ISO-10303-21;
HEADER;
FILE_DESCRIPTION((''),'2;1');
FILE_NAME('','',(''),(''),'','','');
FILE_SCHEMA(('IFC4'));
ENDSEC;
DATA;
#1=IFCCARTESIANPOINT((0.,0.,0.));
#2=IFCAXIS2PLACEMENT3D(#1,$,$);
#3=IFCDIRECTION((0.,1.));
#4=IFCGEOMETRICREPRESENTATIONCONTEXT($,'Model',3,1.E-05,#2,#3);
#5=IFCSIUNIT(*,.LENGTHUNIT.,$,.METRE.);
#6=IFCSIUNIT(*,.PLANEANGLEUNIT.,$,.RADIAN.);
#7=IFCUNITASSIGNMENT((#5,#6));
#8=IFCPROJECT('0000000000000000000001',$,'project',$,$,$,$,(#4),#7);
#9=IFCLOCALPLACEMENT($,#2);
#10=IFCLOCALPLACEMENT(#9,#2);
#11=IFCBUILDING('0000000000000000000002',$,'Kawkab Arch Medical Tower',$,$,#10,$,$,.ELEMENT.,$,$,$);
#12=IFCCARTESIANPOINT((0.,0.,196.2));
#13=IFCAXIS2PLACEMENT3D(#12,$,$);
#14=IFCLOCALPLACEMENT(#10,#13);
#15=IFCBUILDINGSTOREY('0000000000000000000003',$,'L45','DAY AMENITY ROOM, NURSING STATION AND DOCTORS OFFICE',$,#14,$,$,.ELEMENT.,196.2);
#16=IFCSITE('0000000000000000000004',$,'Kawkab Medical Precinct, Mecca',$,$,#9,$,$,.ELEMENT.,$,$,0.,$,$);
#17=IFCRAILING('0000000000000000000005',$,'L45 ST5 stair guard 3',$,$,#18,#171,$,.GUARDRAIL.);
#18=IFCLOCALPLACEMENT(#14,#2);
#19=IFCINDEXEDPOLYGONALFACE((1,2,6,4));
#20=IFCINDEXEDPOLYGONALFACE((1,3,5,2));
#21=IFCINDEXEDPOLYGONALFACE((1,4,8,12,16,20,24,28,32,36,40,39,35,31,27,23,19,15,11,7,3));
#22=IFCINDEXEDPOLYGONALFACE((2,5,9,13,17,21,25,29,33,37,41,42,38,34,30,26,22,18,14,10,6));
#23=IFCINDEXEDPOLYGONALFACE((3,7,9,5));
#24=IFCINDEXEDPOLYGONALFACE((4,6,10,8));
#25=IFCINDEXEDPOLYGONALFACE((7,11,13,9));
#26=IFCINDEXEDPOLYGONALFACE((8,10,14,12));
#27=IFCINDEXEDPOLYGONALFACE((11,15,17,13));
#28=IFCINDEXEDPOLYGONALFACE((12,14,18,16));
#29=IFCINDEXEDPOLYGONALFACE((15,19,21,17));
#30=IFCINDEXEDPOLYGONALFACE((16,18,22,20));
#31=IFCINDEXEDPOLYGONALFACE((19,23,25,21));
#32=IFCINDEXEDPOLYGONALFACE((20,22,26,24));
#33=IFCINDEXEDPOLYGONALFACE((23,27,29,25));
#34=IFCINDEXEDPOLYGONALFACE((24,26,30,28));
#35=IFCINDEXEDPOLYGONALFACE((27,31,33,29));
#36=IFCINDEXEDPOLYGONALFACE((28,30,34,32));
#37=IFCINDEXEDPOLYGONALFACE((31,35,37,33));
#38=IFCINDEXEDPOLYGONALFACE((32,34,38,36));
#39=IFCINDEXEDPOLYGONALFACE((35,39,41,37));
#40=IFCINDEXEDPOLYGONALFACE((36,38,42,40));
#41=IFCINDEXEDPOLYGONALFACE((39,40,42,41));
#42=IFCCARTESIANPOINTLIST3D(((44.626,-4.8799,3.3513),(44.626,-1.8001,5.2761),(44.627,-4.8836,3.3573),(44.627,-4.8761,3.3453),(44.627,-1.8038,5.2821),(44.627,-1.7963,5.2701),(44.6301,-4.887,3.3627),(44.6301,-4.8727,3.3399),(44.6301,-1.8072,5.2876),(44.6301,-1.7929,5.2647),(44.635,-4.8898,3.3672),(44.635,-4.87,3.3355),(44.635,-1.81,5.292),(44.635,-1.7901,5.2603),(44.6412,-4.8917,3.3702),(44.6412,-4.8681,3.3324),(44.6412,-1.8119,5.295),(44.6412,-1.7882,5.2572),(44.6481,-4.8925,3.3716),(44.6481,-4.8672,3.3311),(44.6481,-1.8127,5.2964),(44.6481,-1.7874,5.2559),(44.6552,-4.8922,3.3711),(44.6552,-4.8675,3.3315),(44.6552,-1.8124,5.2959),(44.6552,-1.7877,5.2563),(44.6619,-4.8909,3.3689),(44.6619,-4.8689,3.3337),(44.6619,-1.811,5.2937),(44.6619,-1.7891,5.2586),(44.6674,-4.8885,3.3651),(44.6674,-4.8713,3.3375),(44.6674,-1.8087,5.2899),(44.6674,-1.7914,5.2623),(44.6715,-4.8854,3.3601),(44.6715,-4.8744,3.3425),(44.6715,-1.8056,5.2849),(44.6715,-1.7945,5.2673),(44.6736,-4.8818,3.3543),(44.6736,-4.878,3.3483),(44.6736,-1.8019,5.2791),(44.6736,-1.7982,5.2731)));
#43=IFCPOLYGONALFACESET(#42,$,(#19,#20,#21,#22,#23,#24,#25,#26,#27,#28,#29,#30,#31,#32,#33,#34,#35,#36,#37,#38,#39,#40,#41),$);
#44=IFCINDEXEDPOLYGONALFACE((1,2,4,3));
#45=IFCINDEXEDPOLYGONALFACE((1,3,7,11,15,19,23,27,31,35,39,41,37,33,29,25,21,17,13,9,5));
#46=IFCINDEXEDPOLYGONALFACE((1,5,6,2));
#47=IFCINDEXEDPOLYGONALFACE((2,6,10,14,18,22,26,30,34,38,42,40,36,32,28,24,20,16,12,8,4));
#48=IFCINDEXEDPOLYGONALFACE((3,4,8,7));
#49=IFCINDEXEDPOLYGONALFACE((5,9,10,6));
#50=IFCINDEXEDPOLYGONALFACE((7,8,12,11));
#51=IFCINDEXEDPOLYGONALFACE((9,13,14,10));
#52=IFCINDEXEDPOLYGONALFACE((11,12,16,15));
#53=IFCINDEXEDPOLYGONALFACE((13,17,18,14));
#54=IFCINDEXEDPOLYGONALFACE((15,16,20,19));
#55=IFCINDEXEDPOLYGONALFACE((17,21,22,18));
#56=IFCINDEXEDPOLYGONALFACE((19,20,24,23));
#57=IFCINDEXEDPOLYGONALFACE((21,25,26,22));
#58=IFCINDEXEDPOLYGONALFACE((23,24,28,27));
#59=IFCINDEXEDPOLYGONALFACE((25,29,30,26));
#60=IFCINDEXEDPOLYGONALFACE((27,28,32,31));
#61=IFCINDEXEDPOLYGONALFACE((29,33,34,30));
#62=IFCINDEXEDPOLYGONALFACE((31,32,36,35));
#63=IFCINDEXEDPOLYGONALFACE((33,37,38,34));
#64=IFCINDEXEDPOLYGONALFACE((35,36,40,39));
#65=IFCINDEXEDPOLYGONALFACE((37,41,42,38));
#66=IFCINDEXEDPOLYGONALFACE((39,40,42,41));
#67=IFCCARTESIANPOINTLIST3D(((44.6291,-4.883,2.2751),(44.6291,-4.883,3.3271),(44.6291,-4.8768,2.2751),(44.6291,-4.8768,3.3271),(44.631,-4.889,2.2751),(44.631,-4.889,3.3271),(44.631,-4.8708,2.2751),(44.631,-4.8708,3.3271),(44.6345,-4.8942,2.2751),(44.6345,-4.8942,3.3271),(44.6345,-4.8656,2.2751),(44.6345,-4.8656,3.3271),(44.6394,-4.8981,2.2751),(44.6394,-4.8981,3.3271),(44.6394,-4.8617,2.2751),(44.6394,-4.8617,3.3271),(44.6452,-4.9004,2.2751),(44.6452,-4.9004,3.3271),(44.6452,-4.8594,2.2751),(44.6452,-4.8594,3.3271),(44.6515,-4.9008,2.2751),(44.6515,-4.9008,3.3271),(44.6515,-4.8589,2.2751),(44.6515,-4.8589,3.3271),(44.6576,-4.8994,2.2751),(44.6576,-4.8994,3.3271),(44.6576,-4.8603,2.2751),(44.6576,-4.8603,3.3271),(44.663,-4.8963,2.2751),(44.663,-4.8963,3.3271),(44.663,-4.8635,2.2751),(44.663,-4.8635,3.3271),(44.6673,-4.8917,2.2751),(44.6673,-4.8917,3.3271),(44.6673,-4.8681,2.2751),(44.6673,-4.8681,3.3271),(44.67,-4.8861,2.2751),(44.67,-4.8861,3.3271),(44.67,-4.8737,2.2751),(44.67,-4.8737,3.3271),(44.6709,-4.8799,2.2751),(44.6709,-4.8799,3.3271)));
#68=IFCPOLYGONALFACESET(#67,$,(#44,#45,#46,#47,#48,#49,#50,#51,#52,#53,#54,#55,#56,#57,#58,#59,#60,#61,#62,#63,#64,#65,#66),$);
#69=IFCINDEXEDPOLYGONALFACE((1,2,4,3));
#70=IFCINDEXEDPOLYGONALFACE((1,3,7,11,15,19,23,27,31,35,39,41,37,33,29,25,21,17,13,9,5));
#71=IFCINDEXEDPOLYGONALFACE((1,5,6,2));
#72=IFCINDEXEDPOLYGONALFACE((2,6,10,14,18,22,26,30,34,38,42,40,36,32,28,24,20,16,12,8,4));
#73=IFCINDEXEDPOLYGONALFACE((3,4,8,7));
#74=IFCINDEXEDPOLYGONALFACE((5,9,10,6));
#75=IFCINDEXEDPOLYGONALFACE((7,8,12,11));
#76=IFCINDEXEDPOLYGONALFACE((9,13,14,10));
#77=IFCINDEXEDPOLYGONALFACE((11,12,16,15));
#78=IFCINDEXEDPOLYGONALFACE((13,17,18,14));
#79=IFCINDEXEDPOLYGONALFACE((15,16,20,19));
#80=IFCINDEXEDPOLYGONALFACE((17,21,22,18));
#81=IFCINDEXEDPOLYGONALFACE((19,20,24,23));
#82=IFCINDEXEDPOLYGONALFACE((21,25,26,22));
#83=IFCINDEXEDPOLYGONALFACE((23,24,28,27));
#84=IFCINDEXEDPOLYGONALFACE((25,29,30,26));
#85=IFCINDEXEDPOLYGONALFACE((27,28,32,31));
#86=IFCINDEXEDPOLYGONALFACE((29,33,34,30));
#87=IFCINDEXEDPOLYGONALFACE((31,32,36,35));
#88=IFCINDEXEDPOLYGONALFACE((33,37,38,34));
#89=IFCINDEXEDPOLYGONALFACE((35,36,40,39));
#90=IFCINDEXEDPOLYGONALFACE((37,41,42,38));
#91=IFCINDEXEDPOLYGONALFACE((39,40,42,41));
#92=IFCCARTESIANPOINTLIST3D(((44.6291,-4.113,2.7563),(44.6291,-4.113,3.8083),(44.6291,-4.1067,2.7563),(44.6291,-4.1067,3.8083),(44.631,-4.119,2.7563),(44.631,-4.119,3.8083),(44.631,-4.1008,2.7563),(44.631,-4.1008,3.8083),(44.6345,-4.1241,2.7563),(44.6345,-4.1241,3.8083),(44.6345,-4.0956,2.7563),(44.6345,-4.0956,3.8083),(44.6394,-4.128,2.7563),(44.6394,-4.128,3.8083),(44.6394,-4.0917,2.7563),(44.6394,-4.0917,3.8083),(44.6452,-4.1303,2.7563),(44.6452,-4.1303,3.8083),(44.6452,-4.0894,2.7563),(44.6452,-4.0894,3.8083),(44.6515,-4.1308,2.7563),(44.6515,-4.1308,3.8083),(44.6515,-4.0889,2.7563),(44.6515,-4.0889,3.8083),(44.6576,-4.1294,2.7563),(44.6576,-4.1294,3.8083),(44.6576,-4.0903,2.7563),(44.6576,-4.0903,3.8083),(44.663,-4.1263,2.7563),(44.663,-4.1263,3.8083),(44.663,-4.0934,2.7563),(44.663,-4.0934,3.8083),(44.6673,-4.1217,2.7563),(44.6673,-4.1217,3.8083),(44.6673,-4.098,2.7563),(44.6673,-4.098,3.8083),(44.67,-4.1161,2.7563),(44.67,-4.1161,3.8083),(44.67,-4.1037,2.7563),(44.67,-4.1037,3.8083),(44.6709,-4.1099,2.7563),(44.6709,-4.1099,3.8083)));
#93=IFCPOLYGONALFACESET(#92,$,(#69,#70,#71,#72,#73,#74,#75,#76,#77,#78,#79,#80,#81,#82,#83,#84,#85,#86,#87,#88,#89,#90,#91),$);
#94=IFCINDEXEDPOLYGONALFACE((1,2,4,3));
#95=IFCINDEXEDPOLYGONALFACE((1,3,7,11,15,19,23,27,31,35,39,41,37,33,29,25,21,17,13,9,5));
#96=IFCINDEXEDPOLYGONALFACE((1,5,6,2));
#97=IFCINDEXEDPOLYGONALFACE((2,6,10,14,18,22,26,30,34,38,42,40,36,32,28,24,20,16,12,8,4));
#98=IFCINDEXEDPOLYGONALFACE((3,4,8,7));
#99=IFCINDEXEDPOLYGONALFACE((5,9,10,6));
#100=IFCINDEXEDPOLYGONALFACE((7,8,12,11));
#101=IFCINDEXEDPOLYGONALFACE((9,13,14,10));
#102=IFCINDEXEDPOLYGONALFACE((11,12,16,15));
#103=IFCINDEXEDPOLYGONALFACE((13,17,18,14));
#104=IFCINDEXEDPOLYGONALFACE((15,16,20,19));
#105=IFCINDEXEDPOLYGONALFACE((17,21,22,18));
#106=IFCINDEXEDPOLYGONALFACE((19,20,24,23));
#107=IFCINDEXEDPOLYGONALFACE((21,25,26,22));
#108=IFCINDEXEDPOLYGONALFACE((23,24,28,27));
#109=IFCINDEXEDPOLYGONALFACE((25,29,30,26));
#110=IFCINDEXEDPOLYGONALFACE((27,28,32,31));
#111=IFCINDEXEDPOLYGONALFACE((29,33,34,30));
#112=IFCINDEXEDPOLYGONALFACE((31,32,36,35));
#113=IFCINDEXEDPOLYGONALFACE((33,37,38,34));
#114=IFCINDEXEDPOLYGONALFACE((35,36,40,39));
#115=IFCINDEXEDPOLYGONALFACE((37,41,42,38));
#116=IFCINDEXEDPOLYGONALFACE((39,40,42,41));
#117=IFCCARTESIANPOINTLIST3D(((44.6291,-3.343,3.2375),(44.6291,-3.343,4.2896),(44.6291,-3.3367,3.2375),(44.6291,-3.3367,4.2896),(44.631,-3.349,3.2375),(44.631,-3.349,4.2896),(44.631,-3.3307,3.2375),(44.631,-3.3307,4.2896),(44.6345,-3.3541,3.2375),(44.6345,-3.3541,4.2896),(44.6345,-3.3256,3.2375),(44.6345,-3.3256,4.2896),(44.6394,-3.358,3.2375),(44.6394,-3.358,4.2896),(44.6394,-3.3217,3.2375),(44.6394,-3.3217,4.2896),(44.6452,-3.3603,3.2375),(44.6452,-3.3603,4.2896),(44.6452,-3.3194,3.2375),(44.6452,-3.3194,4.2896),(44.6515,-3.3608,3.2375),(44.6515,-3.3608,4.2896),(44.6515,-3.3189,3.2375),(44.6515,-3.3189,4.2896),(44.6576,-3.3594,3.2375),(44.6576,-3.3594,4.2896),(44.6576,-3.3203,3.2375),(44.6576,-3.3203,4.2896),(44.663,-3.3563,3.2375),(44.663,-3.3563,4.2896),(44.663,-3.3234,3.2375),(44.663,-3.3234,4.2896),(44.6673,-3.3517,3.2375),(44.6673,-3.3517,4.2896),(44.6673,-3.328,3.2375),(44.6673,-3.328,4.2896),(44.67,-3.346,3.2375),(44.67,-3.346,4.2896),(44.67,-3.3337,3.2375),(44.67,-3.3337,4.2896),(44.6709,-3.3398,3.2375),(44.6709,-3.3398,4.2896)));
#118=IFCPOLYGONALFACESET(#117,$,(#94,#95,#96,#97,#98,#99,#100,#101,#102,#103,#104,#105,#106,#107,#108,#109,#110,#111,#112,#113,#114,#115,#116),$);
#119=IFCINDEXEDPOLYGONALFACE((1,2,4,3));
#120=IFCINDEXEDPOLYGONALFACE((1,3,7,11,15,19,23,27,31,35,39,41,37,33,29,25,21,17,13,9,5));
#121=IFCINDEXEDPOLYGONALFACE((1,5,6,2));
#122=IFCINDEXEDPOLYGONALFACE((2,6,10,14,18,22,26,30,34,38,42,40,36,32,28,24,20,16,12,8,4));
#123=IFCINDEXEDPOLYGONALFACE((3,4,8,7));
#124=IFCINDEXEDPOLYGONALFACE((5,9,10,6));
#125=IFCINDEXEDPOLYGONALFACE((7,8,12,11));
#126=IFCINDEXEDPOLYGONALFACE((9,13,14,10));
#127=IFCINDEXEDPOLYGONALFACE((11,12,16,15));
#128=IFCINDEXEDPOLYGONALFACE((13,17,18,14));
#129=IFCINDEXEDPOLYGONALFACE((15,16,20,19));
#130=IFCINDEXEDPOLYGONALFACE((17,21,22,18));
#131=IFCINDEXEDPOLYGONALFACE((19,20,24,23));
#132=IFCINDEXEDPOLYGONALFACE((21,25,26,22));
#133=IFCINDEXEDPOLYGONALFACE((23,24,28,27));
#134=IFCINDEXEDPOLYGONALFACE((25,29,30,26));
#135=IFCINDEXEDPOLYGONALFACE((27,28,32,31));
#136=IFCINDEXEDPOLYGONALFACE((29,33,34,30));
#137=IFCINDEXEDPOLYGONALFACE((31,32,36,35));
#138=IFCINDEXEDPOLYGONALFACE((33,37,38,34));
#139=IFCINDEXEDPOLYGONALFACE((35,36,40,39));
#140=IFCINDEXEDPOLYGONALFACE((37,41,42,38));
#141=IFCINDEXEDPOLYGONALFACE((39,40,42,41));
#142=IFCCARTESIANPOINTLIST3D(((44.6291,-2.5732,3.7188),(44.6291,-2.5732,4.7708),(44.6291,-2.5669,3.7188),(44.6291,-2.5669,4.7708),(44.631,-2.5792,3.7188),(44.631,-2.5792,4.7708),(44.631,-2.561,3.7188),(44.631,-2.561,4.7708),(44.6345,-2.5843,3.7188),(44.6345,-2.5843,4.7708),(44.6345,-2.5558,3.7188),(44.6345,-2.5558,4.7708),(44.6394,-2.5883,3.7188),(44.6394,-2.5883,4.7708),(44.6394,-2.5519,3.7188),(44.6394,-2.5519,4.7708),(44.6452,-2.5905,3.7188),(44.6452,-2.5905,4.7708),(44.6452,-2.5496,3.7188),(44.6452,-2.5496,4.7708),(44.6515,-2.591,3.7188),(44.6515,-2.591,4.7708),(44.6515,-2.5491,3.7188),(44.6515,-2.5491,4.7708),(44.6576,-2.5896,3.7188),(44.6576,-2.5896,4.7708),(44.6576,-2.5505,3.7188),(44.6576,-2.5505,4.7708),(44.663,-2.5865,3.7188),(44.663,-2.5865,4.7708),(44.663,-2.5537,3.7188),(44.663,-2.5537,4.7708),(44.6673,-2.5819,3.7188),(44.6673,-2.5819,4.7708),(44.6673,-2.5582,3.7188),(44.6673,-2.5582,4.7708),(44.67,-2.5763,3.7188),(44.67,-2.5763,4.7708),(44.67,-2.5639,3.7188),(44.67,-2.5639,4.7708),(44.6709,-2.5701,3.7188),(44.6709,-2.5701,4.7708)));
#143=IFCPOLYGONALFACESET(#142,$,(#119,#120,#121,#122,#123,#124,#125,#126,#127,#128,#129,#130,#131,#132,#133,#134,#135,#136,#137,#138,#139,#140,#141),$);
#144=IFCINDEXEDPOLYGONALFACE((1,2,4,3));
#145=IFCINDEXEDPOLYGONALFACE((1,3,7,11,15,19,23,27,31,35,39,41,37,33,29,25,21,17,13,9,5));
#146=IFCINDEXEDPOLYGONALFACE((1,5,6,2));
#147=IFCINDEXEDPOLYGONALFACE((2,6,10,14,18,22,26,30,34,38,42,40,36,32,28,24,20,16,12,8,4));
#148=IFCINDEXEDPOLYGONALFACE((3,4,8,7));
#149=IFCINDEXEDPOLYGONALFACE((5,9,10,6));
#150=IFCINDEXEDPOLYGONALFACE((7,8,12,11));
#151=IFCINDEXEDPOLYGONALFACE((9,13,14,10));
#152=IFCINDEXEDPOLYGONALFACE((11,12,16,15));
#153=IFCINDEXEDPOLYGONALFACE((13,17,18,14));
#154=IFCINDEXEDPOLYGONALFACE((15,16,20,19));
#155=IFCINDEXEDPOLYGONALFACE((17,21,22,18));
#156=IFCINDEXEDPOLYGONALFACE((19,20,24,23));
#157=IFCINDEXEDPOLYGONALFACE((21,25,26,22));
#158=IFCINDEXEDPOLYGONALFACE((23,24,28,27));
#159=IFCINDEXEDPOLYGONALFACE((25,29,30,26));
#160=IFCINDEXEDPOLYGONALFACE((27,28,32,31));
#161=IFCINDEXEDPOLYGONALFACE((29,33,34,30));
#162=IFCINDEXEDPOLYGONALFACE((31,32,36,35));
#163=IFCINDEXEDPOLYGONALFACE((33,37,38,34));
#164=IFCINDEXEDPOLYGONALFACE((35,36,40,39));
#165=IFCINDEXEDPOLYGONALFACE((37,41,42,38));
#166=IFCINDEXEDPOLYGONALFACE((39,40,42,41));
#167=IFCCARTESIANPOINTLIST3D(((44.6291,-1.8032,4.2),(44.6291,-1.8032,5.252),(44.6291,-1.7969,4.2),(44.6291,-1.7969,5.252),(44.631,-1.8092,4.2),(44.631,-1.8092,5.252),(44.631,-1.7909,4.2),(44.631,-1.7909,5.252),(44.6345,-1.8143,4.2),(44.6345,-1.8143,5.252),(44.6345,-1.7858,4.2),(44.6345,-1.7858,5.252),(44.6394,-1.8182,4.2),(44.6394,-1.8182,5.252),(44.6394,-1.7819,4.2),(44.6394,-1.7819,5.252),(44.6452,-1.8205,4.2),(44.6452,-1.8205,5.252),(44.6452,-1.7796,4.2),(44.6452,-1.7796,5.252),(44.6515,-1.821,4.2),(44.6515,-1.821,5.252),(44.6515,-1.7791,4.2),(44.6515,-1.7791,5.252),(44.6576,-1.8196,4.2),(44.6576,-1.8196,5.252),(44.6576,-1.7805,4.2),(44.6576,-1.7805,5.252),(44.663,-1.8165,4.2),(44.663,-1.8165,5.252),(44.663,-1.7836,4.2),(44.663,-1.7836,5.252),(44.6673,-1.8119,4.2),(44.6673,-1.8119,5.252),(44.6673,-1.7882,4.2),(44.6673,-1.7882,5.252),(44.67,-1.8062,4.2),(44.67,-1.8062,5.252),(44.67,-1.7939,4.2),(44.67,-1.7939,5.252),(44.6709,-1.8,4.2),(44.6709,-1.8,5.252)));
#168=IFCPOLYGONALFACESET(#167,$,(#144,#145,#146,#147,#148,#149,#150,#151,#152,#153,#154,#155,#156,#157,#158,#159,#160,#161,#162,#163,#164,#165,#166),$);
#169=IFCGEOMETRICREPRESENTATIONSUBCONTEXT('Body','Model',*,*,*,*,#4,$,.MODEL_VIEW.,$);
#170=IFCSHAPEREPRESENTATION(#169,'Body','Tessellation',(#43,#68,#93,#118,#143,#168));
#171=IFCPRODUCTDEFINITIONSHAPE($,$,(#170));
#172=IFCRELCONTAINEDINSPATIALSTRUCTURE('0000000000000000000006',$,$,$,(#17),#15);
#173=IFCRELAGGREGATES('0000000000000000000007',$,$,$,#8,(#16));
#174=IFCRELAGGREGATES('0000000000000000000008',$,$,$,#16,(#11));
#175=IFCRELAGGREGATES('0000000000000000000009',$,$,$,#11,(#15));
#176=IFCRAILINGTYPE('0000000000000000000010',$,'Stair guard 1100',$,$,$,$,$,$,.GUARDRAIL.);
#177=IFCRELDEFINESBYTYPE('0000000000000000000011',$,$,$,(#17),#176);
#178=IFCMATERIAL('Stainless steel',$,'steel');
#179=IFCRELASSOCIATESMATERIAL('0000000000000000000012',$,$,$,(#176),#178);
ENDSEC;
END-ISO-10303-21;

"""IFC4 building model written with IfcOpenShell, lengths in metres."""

from ifc_helpers import new_model, si_unit, direction, frame, origin, origin_2d, place, context, subcontext, project, spatial, circle, extrude, material, type_object, element, save


model = new_model("IFC4")

# Units and contexts
model_context = context("Model", 3, precision=1e-05, world=origin(), true_north=direction((0.0, 1.0)))
body_context = subcontext(model_context, "Body", "Model", "MODEL_VIEW")
ifc_project = project(units=[si_unit("LENGTHUNIT", "METRE"), si_unit("PLANEANGLEUNIT", "RADIAN")], contexts=[model_context])

# Site, building, storey
site_placement = place(None, origin())
site = spatial("IfcSite", under=ifc_project, at=site_placement, Name="Kawkab Medical Precinct, Mecca", CompositionType="ELEMENT", RefElevation=0.0)
building_placement = place(site_placement, origin())
building = spatial("IfcBuilding", under=site, at=building_placement, Name="Kawkab Arch Medical Tower", CompositionType="ELEMENT")
storey_placement = place(building_placement, frame((0.0, 0.0, 196.2)))
storey = spatial("IfcBuildingStorey", under=building, at=storey_placement, Name="L45", Description="DAY AMENITY ROOM, NURSING STATION AND DOCTORS OFFICE", CompositionType="ELEMENT", Elevation=196.2)

# Railing
ifc_material_1 = material(Name="Stainless steel", Category="steel")
railing_type = type_object("IfcRailingType", Name="Stair guard 1100", PredefinedType="GUARDRAIL", material=ifc_material_1)
railing_placement = place(storey_placement, frame((44.6499, -4.8799, 2.2751)))
element("IfcRailing", 1, at=railing_placement, inside=storey, type_object=railing_type, Name="L45 ST5 stair guard 3", PredefinedType="GUARDRAIL", context=body_context, shape_type="SweptSolid", body=[
    extrude(circle(Radius=0.0239, at=origin_2d()), frame((0.0, 0.0, 1.0762), z_axis=(0.0, 0.84801, 0.529981), x_axis=(-1.0, 0.0, 0.0)), (0.0, 0.0, 1.0), 3.6318),
    extrude(circle(Radius=0.021, at=origin_2d()), origin(), (0.0, 0.0, 1.0), 1.052),
    extrude(circle(Radius=0.021, at=origin_2d()), frame((0.0, 0.77, 0.4812)), (0.0, 0.0, 1.0), 1.052),
    extrude(circle(Radius=0.021, at=origin_2d()), frame((0.0, 1.54, 0.9624)), (0.0, 0.0, 1.0), 1.052),
    extrude(circle(Radius=0.021, at=origin_2d()), frame((0.0, 2.3098, 1.4436)), (0.0, 0.0, 1.0), 1.052),
    extrude(circle(Radius=0.021, at=origin_2d()), frame((0.0, 3.0798, 1.9248)), (0.0, 0.0, 1.0), 1.052),
])

save(model, "model.ifc")
